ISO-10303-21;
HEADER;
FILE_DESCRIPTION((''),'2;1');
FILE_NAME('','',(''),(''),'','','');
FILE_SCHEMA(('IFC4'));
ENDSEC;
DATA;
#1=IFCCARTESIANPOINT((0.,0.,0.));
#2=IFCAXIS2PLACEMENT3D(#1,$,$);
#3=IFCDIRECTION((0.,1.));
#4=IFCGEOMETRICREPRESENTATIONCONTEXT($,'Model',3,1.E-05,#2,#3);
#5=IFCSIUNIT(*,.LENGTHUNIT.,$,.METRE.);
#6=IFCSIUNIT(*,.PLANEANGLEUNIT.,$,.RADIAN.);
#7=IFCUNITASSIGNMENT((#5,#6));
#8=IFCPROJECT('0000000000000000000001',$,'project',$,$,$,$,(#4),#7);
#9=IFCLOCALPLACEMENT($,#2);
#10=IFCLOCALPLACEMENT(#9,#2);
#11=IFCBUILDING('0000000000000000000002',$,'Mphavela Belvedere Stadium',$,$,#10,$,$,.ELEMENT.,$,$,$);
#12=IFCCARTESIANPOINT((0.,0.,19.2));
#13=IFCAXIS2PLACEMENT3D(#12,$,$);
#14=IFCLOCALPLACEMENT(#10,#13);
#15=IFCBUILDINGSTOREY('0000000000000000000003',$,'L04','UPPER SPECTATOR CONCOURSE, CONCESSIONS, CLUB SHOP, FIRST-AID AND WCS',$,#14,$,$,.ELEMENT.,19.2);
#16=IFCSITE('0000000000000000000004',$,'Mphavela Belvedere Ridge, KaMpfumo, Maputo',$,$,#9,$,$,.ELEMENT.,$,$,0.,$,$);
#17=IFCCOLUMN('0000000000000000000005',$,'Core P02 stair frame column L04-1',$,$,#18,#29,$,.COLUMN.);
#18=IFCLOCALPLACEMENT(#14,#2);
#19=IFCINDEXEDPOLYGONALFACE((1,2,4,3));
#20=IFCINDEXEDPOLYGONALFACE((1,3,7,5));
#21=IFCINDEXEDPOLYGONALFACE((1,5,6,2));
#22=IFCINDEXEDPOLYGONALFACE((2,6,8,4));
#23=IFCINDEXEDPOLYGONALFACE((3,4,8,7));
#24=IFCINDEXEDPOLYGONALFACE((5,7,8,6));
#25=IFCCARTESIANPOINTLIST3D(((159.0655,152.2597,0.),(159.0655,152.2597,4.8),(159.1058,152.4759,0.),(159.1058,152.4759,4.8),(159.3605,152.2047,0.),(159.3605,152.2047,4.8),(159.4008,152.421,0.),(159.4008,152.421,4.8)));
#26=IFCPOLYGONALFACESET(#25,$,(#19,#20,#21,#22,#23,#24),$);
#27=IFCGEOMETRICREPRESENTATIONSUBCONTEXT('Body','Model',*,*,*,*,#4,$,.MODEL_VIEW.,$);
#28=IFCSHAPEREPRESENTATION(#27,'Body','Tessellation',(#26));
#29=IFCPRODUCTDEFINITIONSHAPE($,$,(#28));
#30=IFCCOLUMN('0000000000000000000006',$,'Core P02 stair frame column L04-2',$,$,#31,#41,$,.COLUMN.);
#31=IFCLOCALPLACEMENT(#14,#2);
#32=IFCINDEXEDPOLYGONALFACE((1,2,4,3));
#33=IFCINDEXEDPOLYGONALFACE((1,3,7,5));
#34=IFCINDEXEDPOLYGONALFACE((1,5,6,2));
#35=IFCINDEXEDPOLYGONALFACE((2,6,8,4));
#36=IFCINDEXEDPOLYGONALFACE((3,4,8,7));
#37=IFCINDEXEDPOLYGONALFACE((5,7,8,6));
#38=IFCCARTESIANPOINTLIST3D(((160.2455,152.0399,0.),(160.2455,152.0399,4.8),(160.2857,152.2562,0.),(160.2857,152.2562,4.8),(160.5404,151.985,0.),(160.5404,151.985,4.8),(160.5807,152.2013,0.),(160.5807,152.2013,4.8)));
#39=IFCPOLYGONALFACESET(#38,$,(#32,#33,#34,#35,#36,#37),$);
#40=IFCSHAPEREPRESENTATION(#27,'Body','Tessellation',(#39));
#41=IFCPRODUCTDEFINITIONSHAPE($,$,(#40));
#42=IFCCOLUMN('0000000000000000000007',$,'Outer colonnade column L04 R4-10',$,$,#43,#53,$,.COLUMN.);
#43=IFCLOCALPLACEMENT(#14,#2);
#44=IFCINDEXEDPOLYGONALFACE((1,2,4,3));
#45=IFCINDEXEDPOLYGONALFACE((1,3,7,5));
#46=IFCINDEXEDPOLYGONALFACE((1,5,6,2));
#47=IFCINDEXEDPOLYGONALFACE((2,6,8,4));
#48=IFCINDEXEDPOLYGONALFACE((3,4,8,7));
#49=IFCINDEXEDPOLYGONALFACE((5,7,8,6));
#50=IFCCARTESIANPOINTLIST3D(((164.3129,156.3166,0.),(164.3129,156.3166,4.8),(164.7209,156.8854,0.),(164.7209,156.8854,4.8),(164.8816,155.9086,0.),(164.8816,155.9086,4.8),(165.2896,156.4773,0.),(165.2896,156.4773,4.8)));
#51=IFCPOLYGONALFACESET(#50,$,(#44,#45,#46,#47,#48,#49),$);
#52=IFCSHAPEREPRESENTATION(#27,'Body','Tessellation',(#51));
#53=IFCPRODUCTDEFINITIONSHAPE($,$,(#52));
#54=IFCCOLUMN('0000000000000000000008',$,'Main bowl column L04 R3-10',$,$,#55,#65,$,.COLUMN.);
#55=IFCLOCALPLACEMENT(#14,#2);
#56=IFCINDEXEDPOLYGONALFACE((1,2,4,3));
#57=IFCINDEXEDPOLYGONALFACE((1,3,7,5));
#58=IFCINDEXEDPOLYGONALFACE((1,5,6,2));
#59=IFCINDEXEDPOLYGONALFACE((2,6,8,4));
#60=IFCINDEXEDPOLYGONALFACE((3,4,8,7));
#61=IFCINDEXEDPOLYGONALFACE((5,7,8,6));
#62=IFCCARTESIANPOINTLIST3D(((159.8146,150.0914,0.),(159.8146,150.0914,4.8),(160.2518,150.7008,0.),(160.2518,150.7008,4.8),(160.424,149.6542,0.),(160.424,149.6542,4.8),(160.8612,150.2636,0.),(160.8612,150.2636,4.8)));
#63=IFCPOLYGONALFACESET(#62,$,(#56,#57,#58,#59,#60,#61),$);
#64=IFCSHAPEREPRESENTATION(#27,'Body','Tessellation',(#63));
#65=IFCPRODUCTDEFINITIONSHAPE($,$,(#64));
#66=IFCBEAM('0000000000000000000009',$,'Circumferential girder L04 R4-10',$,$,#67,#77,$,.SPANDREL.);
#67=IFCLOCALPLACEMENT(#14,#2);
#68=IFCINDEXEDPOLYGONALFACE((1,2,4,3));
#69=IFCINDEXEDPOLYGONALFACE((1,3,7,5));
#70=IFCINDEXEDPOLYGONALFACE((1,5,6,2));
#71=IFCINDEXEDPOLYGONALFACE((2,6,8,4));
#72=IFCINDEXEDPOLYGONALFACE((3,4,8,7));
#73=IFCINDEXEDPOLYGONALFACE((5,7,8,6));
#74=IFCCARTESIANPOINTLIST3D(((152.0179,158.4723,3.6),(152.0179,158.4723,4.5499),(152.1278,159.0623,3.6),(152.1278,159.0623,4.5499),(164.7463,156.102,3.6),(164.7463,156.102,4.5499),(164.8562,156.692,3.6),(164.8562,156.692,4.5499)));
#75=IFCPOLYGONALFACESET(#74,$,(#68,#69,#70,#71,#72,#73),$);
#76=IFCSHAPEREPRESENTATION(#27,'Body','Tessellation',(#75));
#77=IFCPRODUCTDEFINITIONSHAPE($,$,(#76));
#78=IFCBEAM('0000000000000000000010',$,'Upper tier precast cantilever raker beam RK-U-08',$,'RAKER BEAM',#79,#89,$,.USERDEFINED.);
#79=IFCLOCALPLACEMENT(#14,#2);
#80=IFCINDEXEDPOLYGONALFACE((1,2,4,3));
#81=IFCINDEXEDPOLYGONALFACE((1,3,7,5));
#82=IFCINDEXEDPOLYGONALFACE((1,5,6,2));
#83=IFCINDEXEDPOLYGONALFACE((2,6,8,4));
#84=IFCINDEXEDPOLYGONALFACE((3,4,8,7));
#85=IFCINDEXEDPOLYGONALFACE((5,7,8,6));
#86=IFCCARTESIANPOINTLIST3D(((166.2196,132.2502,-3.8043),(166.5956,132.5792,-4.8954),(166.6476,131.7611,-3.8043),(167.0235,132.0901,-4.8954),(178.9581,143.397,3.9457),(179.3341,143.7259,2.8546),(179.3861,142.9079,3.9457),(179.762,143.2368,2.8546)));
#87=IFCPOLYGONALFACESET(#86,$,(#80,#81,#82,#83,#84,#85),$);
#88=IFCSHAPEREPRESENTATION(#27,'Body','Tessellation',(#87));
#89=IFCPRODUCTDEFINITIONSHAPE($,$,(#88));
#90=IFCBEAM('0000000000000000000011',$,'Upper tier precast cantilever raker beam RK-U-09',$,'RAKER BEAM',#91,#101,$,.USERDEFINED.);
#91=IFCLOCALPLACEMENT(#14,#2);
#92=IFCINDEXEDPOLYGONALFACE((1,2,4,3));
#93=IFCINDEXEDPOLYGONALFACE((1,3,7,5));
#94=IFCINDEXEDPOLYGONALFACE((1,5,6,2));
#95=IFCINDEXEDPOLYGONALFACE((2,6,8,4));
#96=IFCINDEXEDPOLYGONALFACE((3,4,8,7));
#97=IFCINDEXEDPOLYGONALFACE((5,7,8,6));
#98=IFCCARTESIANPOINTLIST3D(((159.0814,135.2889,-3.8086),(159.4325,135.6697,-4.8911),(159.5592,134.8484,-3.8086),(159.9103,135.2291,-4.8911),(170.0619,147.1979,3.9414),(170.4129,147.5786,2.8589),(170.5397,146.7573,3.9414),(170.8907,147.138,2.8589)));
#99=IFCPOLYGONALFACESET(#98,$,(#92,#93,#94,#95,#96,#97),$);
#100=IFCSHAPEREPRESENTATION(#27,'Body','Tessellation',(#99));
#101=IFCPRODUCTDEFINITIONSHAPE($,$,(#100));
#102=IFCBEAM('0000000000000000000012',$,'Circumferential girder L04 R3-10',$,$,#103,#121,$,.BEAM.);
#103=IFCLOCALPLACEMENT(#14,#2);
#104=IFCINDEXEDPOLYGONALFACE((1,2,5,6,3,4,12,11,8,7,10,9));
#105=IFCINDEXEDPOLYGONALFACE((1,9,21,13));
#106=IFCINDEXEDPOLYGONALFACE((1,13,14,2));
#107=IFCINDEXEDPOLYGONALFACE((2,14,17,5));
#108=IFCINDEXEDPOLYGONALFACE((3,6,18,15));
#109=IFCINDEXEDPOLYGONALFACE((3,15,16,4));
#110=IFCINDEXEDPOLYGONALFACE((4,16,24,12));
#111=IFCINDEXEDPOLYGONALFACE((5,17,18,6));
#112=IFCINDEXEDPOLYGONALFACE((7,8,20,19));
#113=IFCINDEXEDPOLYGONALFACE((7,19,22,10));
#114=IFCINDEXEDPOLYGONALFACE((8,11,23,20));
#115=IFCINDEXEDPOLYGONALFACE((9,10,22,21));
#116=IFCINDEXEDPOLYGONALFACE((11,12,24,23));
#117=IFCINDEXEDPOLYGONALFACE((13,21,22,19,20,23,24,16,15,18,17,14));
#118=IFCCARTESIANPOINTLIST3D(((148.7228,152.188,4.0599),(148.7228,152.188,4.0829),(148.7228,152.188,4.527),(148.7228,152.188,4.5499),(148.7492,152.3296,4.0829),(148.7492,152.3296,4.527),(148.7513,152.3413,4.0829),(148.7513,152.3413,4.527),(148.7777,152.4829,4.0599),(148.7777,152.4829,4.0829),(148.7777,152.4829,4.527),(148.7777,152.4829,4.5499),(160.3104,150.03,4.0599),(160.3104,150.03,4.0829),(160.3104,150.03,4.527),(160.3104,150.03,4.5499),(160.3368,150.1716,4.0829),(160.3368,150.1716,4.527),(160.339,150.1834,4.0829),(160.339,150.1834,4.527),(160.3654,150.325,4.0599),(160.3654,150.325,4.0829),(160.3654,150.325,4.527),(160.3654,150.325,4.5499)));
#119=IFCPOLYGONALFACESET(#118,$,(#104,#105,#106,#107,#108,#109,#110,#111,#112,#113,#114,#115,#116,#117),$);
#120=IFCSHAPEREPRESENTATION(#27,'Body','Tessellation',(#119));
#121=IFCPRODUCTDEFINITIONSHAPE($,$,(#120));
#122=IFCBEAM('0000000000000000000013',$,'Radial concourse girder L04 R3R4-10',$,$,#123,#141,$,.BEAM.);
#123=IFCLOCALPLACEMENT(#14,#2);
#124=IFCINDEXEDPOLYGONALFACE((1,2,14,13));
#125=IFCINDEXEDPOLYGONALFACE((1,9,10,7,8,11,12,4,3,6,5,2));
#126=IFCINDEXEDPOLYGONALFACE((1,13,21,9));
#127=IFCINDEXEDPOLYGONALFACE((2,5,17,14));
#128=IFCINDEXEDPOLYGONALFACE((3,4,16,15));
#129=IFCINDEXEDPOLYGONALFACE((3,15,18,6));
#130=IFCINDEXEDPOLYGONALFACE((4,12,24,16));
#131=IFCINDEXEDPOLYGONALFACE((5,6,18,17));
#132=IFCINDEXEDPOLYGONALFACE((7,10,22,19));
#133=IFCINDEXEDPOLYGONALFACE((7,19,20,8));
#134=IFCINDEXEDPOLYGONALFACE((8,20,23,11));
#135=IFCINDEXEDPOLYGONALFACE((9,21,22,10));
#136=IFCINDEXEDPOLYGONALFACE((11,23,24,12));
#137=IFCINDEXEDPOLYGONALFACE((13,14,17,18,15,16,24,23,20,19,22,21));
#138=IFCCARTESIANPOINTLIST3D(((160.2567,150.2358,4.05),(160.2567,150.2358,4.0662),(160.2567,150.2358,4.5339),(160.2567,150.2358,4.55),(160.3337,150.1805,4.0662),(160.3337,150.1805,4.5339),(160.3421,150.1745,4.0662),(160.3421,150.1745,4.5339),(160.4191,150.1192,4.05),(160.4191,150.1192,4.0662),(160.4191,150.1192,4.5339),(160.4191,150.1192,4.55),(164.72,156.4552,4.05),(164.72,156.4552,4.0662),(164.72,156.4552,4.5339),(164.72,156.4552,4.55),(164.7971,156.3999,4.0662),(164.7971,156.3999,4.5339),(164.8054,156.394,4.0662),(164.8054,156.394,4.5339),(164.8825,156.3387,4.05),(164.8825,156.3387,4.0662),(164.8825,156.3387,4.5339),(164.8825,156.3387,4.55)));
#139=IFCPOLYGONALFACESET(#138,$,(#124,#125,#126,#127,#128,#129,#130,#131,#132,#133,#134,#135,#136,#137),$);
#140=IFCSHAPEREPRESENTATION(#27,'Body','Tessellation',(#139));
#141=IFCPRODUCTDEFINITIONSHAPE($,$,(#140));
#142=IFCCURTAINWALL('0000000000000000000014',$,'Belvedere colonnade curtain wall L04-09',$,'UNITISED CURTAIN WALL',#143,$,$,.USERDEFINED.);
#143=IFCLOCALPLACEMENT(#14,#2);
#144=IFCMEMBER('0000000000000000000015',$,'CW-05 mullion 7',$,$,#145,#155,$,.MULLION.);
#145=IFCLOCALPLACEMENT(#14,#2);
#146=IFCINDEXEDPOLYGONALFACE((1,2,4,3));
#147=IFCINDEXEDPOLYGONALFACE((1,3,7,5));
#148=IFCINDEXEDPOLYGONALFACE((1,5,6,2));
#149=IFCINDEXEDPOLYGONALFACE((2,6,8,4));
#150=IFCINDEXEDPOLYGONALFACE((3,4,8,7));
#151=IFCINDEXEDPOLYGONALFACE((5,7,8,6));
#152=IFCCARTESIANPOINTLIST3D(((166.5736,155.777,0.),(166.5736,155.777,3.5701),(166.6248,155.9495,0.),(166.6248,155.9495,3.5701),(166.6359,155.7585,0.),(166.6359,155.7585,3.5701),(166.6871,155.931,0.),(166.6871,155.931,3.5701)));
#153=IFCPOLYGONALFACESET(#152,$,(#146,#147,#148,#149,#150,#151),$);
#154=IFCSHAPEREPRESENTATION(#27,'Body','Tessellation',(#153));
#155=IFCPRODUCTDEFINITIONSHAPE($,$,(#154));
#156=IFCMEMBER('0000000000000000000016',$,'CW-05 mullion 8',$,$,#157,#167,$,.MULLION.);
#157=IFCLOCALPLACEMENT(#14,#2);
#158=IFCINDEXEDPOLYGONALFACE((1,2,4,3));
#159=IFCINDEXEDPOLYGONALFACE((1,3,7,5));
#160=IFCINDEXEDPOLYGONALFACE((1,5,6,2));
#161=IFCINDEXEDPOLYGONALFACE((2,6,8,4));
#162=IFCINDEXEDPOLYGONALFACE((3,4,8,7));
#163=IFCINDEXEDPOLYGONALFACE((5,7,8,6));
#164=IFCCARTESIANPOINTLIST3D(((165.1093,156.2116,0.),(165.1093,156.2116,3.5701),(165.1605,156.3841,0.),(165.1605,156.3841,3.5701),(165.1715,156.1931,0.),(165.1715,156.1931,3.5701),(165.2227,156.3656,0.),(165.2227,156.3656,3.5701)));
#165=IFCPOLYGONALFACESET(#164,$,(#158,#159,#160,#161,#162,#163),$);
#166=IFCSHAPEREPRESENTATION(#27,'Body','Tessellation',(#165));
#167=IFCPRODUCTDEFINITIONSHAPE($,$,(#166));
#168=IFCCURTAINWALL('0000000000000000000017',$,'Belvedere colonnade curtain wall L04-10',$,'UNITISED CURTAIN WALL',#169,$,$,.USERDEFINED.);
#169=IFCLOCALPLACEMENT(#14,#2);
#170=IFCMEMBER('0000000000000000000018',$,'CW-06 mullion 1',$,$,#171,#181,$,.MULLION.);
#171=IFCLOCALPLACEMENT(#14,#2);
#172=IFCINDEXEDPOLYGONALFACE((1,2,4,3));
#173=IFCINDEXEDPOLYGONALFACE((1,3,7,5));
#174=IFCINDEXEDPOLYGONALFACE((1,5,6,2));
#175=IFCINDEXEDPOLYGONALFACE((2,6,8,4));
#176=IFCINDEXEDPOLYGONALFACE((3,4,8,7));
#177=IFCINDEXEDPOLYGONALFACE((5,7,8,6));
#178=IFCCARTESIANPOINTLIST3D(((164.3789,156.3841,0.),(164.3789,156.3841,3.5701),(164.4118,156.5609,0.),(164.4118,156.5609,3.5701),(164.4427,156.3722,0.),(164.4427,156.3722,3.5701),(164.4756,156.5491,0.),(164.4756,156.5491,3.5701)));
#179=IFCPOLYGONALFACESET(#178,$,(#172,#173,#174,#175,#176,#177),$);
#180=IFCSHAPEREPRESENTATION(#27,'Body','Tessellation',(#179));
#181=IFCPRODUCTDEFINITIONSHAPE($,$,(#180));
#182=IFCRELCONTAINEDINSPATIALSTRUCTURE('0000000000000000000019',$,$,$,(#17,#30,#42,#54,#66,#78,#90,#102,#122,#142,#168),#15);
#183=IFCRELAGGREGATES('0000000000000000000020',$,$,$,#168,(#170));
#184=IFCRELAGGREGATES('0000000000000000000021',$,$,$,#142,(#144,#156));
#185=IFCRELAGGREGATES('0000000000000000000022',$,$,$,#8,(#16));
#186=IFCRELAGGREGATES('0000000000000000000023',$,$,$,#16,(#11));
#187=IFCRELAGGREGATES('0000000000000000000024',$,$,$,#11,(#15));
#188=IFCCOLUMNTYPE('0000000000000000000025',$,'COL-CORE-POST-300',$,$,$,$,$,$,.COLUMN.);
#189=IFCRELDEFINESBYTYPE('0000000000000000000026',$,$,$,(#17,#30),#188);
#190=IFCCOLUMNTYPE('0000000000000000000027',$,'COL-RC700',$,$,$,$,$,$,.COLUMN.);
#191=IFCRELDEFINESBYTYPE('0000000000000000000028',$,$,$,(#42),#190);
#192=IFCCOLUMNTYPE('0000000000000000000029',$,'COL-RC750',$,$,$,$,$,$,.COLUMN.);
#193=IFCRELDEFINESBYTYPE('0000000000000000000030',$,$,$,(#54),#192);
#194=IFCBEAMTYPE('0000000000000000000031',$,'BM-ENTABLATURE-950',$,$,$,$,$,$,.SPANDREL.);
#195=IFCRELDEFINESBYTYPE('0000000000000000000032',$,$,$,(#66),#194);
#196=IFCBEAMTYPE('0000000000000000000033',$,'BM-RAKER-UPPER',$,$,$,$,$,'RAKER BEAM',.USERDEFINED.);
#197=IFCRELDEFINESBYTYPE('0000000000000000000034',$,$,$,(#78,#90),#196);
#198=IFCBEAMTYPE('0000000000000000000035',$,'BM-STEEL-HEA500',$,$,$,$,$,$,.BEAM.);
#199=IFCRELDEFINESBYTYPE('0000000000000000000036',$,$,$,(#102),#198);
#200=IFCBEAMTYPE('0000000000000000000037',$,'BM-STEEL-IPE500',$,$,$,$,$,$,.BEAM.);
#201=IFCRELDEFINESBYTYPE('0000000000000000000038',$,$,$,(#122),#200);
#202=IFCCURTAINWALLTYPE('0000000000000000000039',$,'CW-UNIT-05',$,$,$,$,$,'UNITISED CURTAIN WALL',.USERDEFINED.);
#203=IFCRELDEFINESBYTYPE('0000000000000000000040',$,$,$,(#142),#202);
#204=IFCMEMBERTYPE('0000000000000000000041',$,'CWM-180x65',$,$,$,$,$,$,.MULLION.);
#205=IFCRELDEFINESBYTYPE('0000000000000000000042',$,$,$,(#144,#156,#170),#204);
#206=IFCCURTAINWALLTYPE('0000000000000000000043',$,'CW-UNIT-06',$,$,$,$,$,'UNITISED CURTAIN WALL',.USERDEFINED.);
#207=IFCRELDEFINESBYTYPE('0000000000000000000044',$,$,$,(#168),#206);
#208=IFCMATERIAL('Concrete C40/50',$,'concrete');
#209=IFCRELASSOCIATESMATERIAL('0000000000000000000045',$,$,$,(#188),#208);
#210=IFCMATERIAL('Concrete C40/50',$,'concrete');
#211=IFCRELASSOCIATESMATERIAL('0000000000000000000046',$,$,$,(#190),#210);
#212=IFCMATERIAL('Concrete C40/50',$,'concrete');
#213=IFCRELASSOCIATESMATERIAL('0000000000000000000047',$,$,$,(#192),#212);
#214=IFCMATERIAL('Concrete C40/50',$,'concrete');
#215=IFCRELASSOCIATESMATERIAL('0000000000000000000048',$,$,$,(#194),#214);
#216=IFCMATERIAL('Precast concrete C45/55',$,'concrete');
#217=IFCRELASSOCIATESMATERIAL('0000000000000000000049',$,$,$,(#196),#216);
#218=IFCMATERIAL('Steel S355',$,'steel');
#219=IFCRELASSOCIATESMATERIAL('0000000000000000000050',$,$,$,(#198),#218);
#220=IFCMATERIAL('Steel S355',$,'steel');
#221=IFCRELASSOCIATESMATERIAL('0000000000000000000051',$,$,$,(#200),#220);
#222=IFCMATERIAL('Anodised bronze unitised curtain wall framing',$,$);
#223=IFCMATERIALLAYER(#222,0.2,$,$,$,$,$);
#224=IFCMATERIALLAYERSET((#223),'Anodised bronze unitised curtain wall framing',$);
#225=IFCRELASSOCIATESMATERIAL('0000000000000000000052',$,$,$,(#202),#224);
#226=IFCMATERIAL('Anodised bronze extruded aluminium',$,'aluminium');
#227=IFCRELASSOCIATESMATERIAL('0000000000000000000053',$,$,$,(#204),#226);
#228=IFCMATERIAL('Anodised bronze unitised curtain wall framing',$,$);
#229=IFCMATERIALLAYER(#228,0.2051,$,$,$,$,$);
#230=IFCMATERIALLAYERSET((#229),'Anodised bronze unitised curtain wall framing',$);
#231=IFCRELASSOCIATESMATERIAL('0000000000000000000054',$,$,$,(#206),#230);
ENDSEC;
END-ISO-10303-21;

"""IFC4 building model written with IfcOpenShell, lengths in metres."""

from ifc_helpers import new_model, si_unit, direction, frame, origin, origin_2d, place, context, subcontext, project, spatial, rectangle, i_section, extrude, material, layer, layer_set, material_profile, profile_set, type_object, element, aggregate, save


model = new_model("IFC4")

# Units and contexts
model_context = context("Model", 3, precision=1e-05, world=origin(), true_north=direction((0.0, 1.0)))
body_context = subcontext(model_context, "Body", "Model", "MODEL_VIEW")
ifc_project = project(units=[si_unit("LENGTHUNIT", "METRE"), si_unit("PLANEANGLEUNIT", "RADIAN")], contexts=[model_context])

# Site, building, storey
site_placement = place(None, origin())
site = spatial("IfcSite", under=ifc_project, at=site_placement, Name="Mphavela Belvedere Ridge, KaMpfumo, Maputo", CompositionType="ELEMENT", RefElevation=0.0)
building_placement = place(site_placement, origin())
building = spatial("IfcBuilding", under=site, at=building_placement, Name="Mphavela Belvedere Stadium", CompositionType="ELEMENT")
storey_placement = place(building_placement, frame((0.0, 0.0, 19.2)))
storey = spatial("IfcBuildingStorey", under=building, at=storey_placement, Name="L04", Description="UPPER SPECTATOR CONCOURSE, CONCESSIONS, CLUB SHOP, FIRST-AID AND WCS", CompositionType="ELEMENT", Elevation=19.2)

# Columns
ifc_material_1 = material(Name="Concrete C40/50", Category="concrete")
ifc_material_profile_1 = material_profile(ifc_material_1, rectangle(XDim=0.3, YDim=0.22, at=origin_2d()), Name="RC 300x220")
ifc_profile_set_1 = profile_set([ifc_material_profile_1], Name="Concrete C40/50")
column_type_1 = type_object("IfcColumnType", Name="COL-CORE-POST-300", PredefinedType="COLUMN", material=ifc_profile_set_1)
for number, where, z_axis, x_axis, name in (
    (1, (159.2332, 152.3403, 0.0), (0.0, 0.0, 1.0), (0.983096, -0.183094, 0.0), "Core P02 stair frame column L04-1"),
    (2, (160.4131, 152.1206, 0.0), (0.0, 0.0, 1.0), (0.983096, -0.183094, 0.0), "Core P02 stair frame column L04-2"),
):
    element("IfcColumn", number, at=place(storey_placement, frame(where, z_axis=z_axis, x_axis=x_axis)), inside=storey, type_object=column_type_1, Name=name, PredefinedType="COLUMN", context=body_context, shape_type="SweptSolid", body=[
        extrude(rectangle(XDim=0.3, YDim=0.22, at=origin_2d()), origin(), (0.0, 0.0, 1.0), 4.8),
    ])
ifc_material_2 = material(Name="Concrete C40/50", Category="concrete")
ifc_material_profile_2 = material_profile(ifc_material_2, rectangle(XDim=0.7, YDim=0.7, at=origin_2d()), Name="RC 700x700")
ifc_profile_set_2 = profile_set([ifc_material_profile_2], Name="Concrete C40/50")
column_type_2 = type_object("IfcColumnType", Name="COL-RC700", PredefinedType="COLUMN", material=ifc_profile_set_2)
column_1_placement = place(storey_placement, frame((164.8013, 156.397, 0.0), z_axis=(0.0, 0.0, 1.0), x_axis=(0.582974, 0.812491, 0.0)))
element("IfcColumn", 3, at=column_1_placement, inside=storey, type_object=column_type_2, Name="Outer colonnade column L04 R4-10", PredefinedType="COLUMN", context=body_context, shape_type="SweptSolid", body=[
    extrude(rectangle(XDim=0.7, YDim=0.7, at=origin_2d()), origin(), (0.0, 0.0, 1.0), 4.8),
])
ifc_material_3 = material(Name="Concrete C40/50", Category="concrete")
ifc_material_profile_3 = material_profile(ifc_material_3, rectangle(XDim=0.75, YDim=0.75, at=origin_2d()), Name="RC 750x750")
ifc_profile_set_3 = profile_set([ifc_material_profile_3], Name="Concrete C40/50")
column_type_3 = type_object("IfcColumnType", Name="COL-RC750", PredefinedType="COLUMN", material=ifc_profile_set_3)
column_2_placement = place(storey_placement, frame((160.3379, 150.1775, 0.0), z_axis=(0.0, 0.0, 1.0), x_axis=(0.582974, 0.812491, 0.0)))
element("IfcColumn", 4, at=column_2_placement, inside=storey, type_object=column_type_3, Name="Main bowl column L04 R3-10", PredefinedType="COLUMN", context=body_context, shape_type="SweptSolid", body=[
    extrude(rectangle(XDim=0.75, YDim=0.75, at=origin_2d()), origin(), (0.0, 0.0, 1.0), 4.8),
])

# Beams
ifc_material_4 = material(Name="Concrete C40/50", Category="concrete")
ifc_material_profile_4 = material_profile(ifc_material_4, rectangle(XDim=0.6001, YDim=0.95, at=origin_2d()), Name="RC 600x950")
ifc_profile_set_4 = profile_set([ifc_material_profile_4], Name="Concrete C40/50")
beam_type_1 = type_object("IfcBeamType", Name="BM-ENTABLATURE-950", PredefinedType="SPANDREL", material=ifc_profile_set_4)
beam_1_placement = place(storey_placement, frame((164.8013, 156.397, 4.075), z_axis=(-0.983099, 0.183077, 0.0), x_axis=(-0.183077, -0.983099, 0.0)))
element("IfcBeam", 5, at=beam_1_placement, inside=storey, type_object=beam_type_1, Name="Circumferential girder L04 R4-10", PredefinedType="SPANDREL", context=body_context, shape_type="SweptSolid", body=[
    extrude(rectangle(XDim=0.6001, YDim=0.95, at=origin_2d()), origin(), (0.0, 0.0, 1.0), 12.9473),
])
ifc_material_5 = material(Name="Precast concrete C45/55", Category="concrete")
ifc_material_profile_5 = material_profile(ifc_material_5, rectangle(XDim=0.6499, YDim=1.2, at=origin_2d()), Name="PC 650x1200")
ifc_profile_set_5 = profile_set([ifc_material_profile_5], Name="Precast concrete C45/55")
beam_type_2 = type_object("IfcBeamType", Name="BM-RAKER-UPPER", ElementType="RAKER BEAM", PredefinedType="USERDEFINED", material=ifc_profile_set_5)
beam_2_placement = place(storey_placement, frame((166.6216, 132.1702, -4.3499), z_axis=(0.684252, 0.598748, 0.416293), x_axis=(-0.658522, 0.752562, 0.0)))
element("IfcBeam", 6, at=beam_2_placement, inside=storey, type_object=beam_type_2, Name="Upper tier precast cantilever raker beam RK-U-08", ObjectType="RAKER BEAM", PredefinedType="USERDEFINED", context=body_context, shape_type="SweptSolid", body=[
    extrude(rectangle(XDim=0.6499, YDim=1.2, at=origin_2d()), origin(), (0.0, 0.0, 1.0), 18.6167),
])
beam_3_placement = place(storey_placement, frame((159.4958, 135.259, -4.3499), z_axis=(0.611485, 0.66319, 0.431585), x_axis=(-0.735185, 0.677867, 0.0)))
element("IfcBeam", 7, at=beam_3_placement, inside=storey, type_object=beam_type_2, Name="Upper tier precast cantilever raker beam RK-U-09", ObjectType="RAKER BEAM", PredefinedType="USERDEFINED", context=body_context, shape_type="SweptSolid", body=[
    extrude(rectangle(XDim=0.6499, YDim=1.2, at=origin_2d()), origin(), (0.0, 0.0, 1.0), 17.957),
])
ifc_material_6 = material(Name="Steel S355", Category="steel")
ifc_material_profile_6 = material_profile(ifc_material_6, i_section(OverallWidth=0.3, OverallDepth=0.49, WebThickness=0.012, FlangeThickness=0.0229, at=origin_2d()), Name="HEA 500")
ifc_profile_set_6 = profile_set([ifc_material_profile_6], Name="Steel S355")
beam_type_3 = type_object("IfcBeamType", Name="BM-STEEL-HEA500", PredefinedType="BEAM", material=ifc_profile_set_6)
beam_4_placement = place(storey_placement, frame((160.3379, 150.1775, 4.3049), z_axis=(-0.983098, 0.183082, 0.0), x_axis=(-0.183082, -0.983098, 0.0)))
element("IfcBeam", 8, at=beam_4_placement, inside=storey, type_object=beam_type_3, Name="Circumferential girder L04 R3-10", PredefinedType="BEAM", context=body_context, shape_type="SweptSolid", body=[
    extrude(i_section(OverallWidth=0.3, OverallDepth=0.49, WebThickness=0.012, FlangeThickness=0.0229, at=origin_2d()), origin(), (0.0, 0.0, 1.0), 11.7869),
])
ifc_material_7 = material(Name="Steel S355", Category="steel")
ifc_material_profile_7 = material_profile(ifc_material_7, i_section(OverallWidth=0.2, OverallDepth=0.5, WebThickness=0.0103, FlangeThickness=0.0161, at=origin_2d()), Name="IPE 500")
ifc_profile_set_7 = profile_set([ifc_material_profile_7], Name="Steel S355")
beam_type_4 = type_object("IfcBeamType", Name="BM-STEEL-IPE500", PredefinedType="BEAM", material=ifc_profile_set_7)
beam_5_placement = place(storey_placement, frame((160.3379, 150.1775, 4.3), z_axis=(0.583044, 0.812441, 0.0), x_axis=(-0.812441, 0.583044, 0.0)))
element("IfcBeam", 9, at=beam_5_placement, inside=storey, type_object=beam_type_4, Name="Radial concourse girder L04 R3R4-10", PredefinedType="BEAM", context=body_context, shape_type="SweptSolid", body=[
    extrude(i_section(OverallWidth=0.2, OverallDepth=0.5, WebThickness=0.0103, FlangeThickness=0.0161, at=origin_2d()), origin(), (0.0, 0.0, 1.0), 7.6553),
])

# Curtain wall, members
ifc_material_8 = material(Name="Anodised bronze unitised curtain wall framing")
ifc_layer_1 = layer(ifc_material_8, 0.2)
ifc_layer_set_1 = layer_set([ifc_layer_1], Name="Anodised bronze unitised curtain wall framing")
curtain_wall_type_1 = type_object("IfcCurtainWallType", Name="CW-UNIT-05", ElementType="UNITISED CURTAIN WALL", PredefinedType="USERDEFINED", material=ifc_layer_set_1)
curtain_wall_1_placement = place(storey_placement, origin())
curtain_wall_1 = element("IfcCurtainWall", 10, at=curtain_wall_1_placement, inside=storey, type_object=curtain_wall_type_1, Name="Belvedere colonnade curtain wall L04-09", ObjectType="UNITISED CURTAIN WALL", PredefinedType="USERDEFINED")
ifc_material_9 = material(Name="Anodised bronze extruded aluminium", Category="aluminium")
ifc_material_profile_8 = material_profile(ifc_material_9, rectangle(XDim=0.1799, YDim=0.0649, at=origin_2d()), Name="CW-MUL 180x65")
ifc_profile_set_8 = profile_set([ifc_material_profile_8], Name="Anodised bronze extruded aluminium")
member_type_1 = type_object("IfcMemberType", Name="CWM-180x65", PredefinedType="MULLION", material=ifc_profile_set_8)
member_1_placement = place(storey_placement, frame((166.6304, 155.854, 0.0), z_axis=(0.0, 0.0, 1.0), x_axis=(-0.284561, -0.958658, 0.0)))
member_1 = element("IfcMember", 11, at=member_1_placement, type_object=member_type_1, Name="CW-05 mullion 7", PredefinedType="MULLION", context=body_context, shape_type="SweptSolid", body=[
    extrude(rectangle(XDim=0.1799, YDim=0.0649, at=origin_2d()), origin(), (0.0, 0.0, 1.0), 3.5701),
])
member_2_placement = place(storey_placement, frame((165.166, 156.2886, 0.0), z_axis=(0.0, 0.0, 1.0), x_axis=(-0.284561, -0.958658, 0.0)))
member_2 = element("IfcMember", 12, at=member_2_placement, type_object=member_type_1, Name="CW-05 mullion 8", PredefinedType="MULLION", context=body_context, shape_type="SweptSolid", body=[
    extrude(rectangle(XDim=0.1799, YDim=0.0649, at=origin_2d()), origin(), (0.0, 0.0, 1.0), 3.5701),
])

# Curtain wall, member
ifc_material_10 = material(Name="Anodised bronze unitised curtain wall framing")
ifc_layer_2 = layer(ifc_material_10, 0.2051)
ifc_layer_set_2 = layer_set([ifc_layer_2], Name="Anodised bronze unitised curtain wall framing")
curtain_wall_type_2 = type_object("IfcCurtainWallType", Name="CW-UNIT-06", ElementType="UNITISED CURTAIN WALL", PredefinedType="USERDEFINED", material=ifc_layer_set_2)
curtain_wall_2_placement = place(storey_placement, origin())
curtain_wall_2 = element("IfcCurtainWall", 13, at=curtain_wall_2_placement, inside=storey, type_object=curtain_wall_type_2, Name="Belvedere colonnade curtain wall L04-10", ObjectType="UNITISED CURTAIN WALL", PredefinedType="USERDEFINED")
member_3_placement = place(storey_placement, frame((164.4272, 156.4666, 0.0), z_axis=(0.0, 0.0, 1.0), x_axis=(-0.183091, -0.983096, 0.0)))
member_3 = element("IfcMember", 14, at=member_3_placement, type_object=member_type_1, Name="CW-06 mullion 1", PredefinedType="MULLION", context=body_context, shape_type="SweptSolid", body=[
    extrude(rectangle(XDim=0.1799, YDim=0.0649, at=origin_2d()), origin(), (0.0, 0.0, 1.0), 3.5701),
])

aggregate(curtain_wall_2, [member_3])

aggregate(curtain_wall_1, [member_1, member_2])

save(model, "model.ifc")
